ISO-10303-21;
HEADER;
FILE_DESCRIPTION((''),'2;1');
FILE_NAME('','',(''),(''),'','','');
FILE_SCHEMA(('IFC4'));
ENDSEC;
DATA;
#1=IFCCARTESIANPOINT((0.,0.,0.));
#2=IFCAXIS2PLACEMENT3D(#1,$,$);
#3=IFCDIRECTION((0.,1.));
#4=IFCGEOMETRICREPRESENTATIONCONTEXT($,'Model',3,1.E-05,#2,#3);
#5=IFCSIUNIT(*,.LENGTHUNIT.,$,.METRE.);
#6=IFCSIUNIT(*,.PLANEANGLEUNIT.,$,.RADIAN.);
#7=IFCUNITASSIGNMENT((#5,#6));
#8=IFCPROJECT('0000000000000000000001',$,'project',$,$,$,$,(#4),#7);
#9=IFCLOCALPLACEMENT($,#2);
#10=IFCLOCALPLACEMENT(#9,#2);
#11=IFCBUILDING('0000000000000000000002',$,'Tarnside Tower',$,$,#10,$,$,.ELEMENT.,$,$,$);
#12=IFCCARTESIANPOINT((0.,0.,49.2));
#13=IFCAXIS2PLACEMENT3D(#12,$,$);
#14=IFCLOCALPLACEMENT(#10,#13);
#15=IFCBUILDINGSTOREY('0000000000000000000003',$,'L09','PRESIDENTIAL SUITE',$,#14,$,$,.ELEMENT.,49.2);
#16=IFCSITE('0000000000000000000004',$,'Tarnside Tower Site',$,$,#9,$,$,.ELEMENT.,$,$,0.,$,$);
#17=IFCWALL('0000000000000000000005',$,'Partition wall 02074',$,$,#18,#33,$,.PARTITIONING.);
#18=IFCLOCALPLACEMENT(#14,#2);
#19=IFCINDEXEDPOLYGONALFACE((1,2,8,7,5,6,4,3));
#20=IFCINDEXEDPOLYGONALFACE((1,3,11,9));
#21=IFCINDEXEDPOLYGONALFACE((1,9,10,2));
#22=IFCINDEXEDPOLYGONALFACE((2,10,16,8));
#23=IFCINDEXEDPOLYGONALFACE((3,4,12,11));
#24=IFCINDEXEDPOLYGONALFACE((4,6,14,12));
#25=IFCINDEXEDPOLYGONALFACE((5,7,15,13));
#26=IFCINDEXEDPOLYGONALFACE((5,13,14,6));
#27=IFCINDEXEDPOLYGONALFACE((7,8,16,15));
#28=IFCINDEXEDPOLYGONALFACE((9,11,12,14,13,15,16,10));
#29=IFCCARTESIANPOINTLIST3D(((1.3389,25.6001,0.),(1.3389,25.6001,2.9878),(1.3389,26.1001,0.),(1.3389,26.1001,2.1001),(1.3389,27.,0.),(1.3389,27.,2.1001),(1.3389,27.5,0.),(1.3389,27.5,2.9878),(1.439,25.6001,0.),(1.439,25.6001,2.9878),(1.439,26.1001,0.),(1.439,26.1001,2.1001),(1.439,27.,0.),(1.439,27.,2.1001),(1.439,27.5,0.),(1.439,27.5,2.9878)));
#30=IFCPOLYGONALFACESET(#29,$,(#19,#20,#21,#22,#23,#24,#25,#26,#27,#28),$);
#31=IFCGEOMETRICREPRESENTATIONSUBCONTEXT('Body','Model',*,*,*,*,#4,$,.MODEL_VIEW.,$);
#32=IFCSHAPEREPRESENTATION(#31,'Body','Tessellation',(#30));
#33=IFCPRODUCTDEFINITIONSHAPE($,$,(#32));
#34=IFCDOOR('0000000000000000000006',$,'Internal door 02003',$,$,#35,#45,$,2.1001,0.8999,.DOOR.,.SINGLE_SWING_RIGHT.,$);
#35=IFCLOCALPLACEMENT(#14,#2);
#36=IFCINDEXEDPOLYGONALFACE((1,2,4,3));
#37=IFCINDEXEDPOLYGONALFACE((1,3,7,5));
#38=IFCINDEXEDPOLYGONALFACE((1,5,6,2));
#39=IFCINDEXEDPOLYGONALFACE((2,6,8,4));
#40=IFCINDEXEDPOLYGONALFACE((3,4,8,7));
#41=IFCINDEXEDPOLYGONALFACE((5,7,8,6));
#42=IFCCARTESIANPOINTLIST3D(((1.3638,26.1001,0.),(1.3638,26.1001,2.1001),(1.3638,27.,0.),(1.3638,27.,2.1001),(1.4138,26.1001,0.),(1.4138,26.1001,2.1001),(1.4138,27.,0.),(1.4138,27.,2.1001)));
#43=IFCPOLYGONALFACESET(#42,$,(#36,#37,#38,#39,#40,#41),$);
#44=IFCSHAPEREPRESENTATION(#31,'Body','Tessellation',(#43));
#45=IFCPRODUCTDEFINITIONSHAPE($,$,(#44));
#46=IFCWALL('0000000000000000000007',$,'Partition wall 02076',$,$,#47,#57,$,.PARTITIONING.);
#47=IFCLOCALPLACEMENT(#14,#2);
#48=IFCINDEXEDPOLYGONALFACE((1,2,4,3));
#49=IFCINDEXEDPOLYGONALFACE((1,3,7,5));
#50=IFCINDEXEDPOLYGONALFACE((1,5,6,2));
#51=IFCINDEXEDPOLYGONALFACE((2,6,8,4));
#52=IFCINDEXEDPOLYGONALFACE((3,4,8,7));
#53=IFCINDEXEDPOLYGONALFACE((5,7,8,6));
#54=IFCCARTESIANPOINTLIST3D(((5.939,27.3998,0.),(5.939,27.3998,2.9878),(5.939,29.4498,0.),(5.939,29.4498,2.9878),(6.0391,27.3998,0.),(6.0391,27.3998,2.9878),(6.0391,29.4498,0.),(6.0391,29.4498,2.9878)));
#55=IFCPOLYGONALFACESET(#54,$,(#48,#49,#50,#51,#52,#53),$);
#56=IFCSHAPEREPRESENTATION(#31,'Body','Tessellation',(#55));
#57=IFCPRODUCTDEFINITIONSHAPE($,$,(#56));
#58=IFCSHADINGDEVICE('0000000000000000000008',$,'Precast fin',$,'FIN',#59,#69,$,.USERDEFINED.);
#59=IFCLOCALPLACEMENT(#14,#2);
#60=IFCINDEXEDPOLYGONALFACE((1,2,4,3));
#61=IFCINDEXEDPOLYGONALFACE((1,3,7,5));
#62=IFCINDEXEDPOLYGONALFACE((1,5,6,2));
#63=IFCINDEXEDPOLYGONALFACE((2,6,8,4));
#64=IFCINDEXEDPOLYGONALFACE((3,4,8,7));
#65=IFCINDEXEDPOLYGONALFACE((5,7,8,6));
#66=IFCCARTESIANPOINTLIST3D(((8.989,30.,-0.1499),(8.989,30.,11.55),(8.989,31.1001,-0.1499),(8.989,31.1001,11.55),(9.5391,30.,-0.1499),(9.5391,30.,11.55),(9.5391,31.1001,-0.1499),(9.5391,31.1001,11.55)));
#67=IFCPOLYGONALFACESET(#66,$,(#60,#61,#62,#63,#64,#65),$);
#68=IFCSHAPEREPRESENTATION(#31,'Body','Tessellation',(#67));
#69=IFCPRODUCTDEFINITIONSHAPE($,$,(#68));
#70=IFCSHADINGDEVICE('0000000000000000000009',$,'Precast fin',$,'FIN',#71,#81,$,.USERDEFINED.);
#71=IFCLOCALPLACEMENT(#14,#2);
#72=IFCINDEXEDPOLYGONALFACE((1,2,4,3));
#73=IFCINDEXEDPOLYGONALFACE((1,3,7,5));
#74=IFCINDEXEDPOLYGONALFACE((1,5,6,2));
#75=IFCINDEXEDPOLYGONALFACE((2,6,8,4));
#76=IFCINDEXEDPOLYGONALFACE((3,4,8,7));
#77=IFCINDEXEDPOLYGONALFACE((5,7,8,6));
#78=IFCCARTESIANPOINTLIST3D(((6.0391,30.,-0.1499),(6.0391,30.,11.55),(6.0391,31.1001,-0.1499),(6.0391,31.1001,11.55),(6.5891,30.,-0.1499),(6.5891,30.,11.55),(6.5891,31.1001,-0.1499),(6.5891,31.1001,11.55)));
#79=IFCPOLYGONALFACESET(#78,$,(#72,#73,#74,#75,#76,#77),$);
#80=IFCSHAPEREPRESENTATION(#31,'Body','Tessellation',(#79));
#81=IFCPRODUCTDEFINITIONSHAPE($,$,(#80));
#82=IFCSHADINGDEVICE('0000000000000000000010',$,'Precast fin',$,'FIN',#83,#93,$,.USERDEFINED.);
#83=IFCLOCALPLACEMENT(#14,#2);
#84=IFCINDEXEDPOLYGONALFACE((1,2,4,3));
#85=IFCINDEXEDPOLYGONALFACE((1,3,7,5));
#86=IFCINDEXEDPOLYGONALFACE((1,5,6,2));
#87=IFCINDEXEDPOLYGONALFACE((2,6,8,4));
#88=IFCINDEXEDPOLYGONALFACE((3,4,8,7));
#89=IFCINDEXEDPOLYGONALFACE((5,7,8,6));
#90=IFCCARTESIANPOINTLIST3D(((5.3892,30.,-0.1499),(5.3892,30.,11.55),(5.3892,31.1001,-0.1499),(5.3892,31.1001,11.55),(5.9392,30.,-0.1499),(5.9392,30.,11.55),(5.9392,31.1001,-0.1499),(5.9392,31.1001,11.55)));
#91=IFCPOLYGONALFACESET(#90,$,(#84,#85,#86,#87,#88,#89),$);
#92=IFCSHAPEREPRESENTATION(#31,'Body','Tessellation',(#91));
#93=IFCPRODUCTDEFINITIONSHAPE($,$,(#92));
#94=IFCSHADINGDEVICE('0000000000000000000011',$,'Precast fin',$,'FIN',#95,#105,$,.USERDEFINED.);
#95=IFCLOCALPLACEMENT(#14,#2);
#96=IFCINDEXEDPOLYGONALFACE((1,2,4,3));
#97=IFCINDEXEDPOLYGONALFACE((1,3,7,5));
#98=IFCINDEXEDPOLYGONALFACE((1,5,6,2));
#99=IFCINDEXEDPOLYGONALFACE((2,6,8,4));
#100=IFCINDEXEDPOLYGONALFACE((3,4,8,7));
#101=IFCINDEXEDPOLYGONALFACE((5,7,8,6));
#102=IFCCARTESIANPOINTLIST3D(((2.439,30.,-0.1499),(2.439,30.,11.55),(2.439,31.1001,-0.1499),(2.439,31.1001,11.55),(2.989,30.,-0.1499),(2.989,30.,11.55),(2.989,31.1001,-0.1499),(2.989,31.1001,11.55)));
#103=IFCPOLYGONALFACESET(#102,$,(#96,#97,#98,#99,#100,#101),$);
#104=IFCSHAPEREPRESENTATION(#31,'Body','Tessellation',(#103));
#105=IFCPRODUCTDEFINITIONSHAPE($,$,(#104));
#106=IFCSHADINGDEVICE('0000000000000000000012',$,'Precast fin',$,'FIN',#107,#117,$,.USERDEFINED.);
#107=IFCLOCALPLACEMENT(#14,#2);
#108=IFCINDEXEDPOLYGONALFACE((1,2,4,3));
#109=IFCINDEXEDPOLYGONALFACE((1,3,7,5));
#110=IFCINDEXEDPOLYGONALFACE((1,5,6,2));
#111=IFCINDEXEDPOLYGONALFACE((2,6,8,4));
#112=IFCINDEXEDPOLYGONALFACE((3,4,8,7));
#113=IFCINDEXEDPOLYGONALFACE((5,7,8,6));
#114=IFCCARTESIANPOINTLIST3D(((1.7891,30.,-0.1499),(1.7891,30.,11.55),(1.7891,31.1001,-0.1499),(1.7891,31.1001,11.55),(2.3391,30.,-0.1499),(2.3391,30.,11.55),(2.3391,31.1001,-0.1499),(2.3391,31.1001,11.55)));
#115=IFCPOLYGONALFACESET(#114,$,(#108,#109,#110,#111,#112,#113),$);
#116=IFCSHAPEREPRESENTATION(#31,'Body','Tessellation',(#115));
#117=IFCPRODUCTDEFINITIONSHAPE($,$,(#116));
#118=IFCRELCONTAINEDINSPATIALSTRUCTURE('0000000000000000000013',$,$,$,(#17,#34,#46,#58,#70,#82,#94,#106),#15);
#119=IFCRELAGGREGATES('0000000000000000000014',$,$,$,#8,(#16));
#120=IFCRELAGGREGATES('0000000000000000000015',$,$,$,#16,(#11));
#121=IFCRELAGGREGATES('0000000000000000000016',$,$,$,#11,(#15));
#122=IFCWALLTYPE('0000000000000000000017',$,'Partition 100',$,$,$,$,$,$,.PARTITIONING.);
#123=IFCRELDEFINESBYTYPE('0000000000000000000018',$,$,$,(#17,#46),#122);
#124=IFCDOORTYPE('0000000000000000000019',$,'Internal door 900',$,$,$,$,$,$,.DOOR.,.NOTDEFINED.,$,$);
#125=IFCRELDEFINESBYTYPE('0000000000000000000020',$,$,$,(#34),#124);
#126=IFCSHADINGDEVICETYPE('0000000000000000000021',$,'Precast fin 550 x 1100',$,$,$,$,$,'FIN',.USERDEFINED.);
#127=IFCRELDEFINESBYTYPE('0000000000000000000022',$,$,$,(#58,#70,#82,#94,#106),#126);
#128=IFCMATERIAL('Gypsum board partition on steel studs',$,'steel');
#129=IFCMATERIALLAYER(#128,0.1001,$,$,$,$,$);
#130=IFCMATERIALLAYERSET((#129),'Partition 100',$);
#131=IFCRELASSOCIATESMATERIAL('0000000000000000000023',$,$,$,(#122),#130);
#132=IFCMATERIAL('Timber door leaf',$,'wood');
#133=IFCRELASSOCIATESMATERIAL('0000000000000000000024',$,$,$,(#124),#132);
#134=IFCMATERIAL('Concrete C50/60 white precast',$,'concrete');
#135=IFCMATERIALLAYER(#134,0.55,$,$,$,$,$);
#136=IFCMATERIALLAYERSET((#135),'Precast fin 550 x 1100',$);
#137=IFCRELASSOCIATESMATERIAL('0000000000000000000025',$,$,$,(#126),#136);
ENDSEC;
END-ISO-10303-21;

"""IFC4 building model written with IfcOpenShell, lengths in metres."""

from ifc_helpers import new_model, si_unit, direction, frame, frame_2d, origin, place, context, subcontext, project, spatial, polyline, rectangle, outline, extrude, material, layer, layer_set, type_object, element, fill, save


model = new_model("IFC4")

# Units and contexts
model_context = context("Model", 3, precision=1e-05, world=origin(), true_north=direction((0.0, 1.0)))
body_context = subcontext(model_context, "Body", "Model", "MODEL_VIEW")
ifc_project = project(units=[si_unit("LENGTHUNIT", "METRE"), si_unit("PLANEANGLEUNIT", "RADIAN")], contexts=[model_context])

# Site, building, storey
site_placement = place(None, origin())
site = spatial("IfcSite", under=ifc_project, at=site_placement, Name="Tarnside Tower Site", CompositionType="ELEMENT", RefElevation=0.0)
building_placement = place(site_placement, origin())
building = spatial("IfcBuilding", under=site, at=building_placement, Name="Tarnside Tower", CompositionType="ELEMENT")
storey_placement = place(building_placement, frame((0.0, 0.0, 49.2)))
storey = spatial("IfcBuildingStorey", under=building, at=storey_placement, Name="L09", Description="PRESIDENTIAL SUITE", CompositionType="ELEMENT", Elevation=49.2)

# Shared definitions
ifc_material_1 = material(Name="Gypsum board partition on steel studs", Category="steel")
ifc_material_2 = material(Name="Timber door leaf", Category="wood")

# Wall, opening, door
ifc_layer_1 = layer(ifc_material_1, 0.1001)
ifc_layer_set_1 = layer_set([ifc_layer_1], Name="Partition 100")
wall_type_1 = type_object("IfcWallType", Name="Partition 100", PredefinedType="PARTITIONING", material=ifc_layer_set_1)
wall_1_placement = place(storey_placement, frame((1.3889, 27.5, 0.0), z_axis=(0.0, 0.0, 1.0), x_axis=(0.0, -1.0, 0.0)))
wall_1 = element("IfcWall", 1, at=wall_1_placement, inside=storey, type_object=wall_type_1, Name="Partition wall 02074", PredefinedType="PARTITIONING", context=body_context, shape_type="SweptSolid", body=[
    extrude(rectangle(XDim=1.8999, YDim=0.1001, at=frame_2d((0.95, 0.0))), origin(), (0.0, 0.0, 1.0), 2.9878),
])
opening_1_placement = place(wall_1_placement, frame((0.5, 0.0, 0.0)))
opening_1 = element("IfcOpeningElement", 2, at=opening_1_placement, cuts=wall_1, PredefinedType="OPENING", context=body_context, shape_type="SweptSolid", body=[
    extrude(rectangle(XDim=0.8999, YDim=2.1001, at=frame_2d((0.45, 1.05))), frame((0.0, 0.0601, 0.0), z_axis=(0.0, -1.0, 0.0), x_axis=(1.0, 0.0, 0.0)), (0.0, 0.0, 1.0), 0.1201),
])
door_type_1 = type_object("IfcDoorType", Name="Internal door 900", OperationType="NOTDEFINED", PredefinedType="DOOR", material=ifc_material_2)
door_1_placement = place(opening_1_placement, origin())
door_1 = element("IfcDoor", 3, at=door_1_placement, inside=storey, type_object=door_type_1, Name="Internal door 02003", OperationType="SINGLE_SWING_RIGHT", OverallHeight=2.1001, OverallWidth=0.8999, PredefinedType="DOOR", context=body_context, shape_type="SweptSolid", body=[
    extrude(rectangle(XDim=0.8999, YDim=2.1001, at=frame_2d((0.45, 1.05))), frame((0.0, 0.0249, 0.0), z_axis=(0.0, -1.0, 0.0), x_axis=(1.0, 0.0, 0.0)), (0.0, 0.0, 1.0), 0.05),
])
fill(opening_1, door_1)

# Wall
wall_2_placement = place(storey_placement, frame((5.989, 27.3999, 0.0), z_axis=(0.0, 0.0, 1.0), x_axis=(0.0, 1.0, 0.0)))
element("IfcWall", 4, at=wall_2_placement, inside=storey, type_object=wall_type_1, Name="Partition wall 02076", PredefinedType="PARTITIONING", context=body_context, shape_type="SweptSolid", body=[
    extrude(rectangle(XDim=2.05, YDim=0.1001, at=frame_2d((1.0249, 0.0))), origin(), (0.0, 0.0, 1.0), 2.9878),
])

# Shading devices
ifc_material_3 = material(Name="Concrete C50/60 white precast", Category="concrete")
ifc_layer_2 = layer(ifc_material_3, 0.55)
ifc_layer_set_2 = layer_set([ifc_layer_2], Name="Precast fin 550 x 1100")
shading_device_type = type_object("IfcShadingDeviceType", Name="Precast fin 550 x 1100", ElementType="FIN", PredefinedType="USERDEFINED", material=ifc_layer_set_2)
for number, where, z_axis, x_axis, name in (
    (5, (9.2639, 30.0, -0.1499), (1.0, 0.0, 0.0), (0.0, 1.0, 0.0), "Precast fin"),
    (6, (6.314, 30.0, -0.1499), (1.0, 0.0, 0.0), (0.0, 1.0, 0.0), "Precast fin"),
    (7, (5.6641, 30.0, -0.1499), (1.0, 0.0, 0.0), (0.0, 1.0, 0.0), "Precast fin"),
    (8, (2.7139, 30.0, -0.1499), (1.0, 0.0, 0.0), (0.0, 1.0, 0.0), "Precast fin"),
    (9, (2.064, 30.0, -0.1499), (1.0, 0.0, 0.0), (0.0, 1.0, 0.0), "Precast fin"),
):
    element("IfcShadingDevice", number, at=place(storey_placement, frame(where, z_axis=z_axis, x_axis=x_axis)), inside=storey, type_object=shading_device_type, Name=name, ObjectType="FIN", PredefinedType="USERDEFINED", context=body_context, shape_type="SweptSolid", body=[
        extrude(outline(polyline([(0.0, 0.0), (1.1001, 0.0), (1.1001, 11.7), (0.0, 11.7), (0.0, 0.0)])), frame((0.0, 0.0, -0.2749)), (0.0, 0.0, 1.0), 0.55),
    ])

save(model, "model.ifc")
